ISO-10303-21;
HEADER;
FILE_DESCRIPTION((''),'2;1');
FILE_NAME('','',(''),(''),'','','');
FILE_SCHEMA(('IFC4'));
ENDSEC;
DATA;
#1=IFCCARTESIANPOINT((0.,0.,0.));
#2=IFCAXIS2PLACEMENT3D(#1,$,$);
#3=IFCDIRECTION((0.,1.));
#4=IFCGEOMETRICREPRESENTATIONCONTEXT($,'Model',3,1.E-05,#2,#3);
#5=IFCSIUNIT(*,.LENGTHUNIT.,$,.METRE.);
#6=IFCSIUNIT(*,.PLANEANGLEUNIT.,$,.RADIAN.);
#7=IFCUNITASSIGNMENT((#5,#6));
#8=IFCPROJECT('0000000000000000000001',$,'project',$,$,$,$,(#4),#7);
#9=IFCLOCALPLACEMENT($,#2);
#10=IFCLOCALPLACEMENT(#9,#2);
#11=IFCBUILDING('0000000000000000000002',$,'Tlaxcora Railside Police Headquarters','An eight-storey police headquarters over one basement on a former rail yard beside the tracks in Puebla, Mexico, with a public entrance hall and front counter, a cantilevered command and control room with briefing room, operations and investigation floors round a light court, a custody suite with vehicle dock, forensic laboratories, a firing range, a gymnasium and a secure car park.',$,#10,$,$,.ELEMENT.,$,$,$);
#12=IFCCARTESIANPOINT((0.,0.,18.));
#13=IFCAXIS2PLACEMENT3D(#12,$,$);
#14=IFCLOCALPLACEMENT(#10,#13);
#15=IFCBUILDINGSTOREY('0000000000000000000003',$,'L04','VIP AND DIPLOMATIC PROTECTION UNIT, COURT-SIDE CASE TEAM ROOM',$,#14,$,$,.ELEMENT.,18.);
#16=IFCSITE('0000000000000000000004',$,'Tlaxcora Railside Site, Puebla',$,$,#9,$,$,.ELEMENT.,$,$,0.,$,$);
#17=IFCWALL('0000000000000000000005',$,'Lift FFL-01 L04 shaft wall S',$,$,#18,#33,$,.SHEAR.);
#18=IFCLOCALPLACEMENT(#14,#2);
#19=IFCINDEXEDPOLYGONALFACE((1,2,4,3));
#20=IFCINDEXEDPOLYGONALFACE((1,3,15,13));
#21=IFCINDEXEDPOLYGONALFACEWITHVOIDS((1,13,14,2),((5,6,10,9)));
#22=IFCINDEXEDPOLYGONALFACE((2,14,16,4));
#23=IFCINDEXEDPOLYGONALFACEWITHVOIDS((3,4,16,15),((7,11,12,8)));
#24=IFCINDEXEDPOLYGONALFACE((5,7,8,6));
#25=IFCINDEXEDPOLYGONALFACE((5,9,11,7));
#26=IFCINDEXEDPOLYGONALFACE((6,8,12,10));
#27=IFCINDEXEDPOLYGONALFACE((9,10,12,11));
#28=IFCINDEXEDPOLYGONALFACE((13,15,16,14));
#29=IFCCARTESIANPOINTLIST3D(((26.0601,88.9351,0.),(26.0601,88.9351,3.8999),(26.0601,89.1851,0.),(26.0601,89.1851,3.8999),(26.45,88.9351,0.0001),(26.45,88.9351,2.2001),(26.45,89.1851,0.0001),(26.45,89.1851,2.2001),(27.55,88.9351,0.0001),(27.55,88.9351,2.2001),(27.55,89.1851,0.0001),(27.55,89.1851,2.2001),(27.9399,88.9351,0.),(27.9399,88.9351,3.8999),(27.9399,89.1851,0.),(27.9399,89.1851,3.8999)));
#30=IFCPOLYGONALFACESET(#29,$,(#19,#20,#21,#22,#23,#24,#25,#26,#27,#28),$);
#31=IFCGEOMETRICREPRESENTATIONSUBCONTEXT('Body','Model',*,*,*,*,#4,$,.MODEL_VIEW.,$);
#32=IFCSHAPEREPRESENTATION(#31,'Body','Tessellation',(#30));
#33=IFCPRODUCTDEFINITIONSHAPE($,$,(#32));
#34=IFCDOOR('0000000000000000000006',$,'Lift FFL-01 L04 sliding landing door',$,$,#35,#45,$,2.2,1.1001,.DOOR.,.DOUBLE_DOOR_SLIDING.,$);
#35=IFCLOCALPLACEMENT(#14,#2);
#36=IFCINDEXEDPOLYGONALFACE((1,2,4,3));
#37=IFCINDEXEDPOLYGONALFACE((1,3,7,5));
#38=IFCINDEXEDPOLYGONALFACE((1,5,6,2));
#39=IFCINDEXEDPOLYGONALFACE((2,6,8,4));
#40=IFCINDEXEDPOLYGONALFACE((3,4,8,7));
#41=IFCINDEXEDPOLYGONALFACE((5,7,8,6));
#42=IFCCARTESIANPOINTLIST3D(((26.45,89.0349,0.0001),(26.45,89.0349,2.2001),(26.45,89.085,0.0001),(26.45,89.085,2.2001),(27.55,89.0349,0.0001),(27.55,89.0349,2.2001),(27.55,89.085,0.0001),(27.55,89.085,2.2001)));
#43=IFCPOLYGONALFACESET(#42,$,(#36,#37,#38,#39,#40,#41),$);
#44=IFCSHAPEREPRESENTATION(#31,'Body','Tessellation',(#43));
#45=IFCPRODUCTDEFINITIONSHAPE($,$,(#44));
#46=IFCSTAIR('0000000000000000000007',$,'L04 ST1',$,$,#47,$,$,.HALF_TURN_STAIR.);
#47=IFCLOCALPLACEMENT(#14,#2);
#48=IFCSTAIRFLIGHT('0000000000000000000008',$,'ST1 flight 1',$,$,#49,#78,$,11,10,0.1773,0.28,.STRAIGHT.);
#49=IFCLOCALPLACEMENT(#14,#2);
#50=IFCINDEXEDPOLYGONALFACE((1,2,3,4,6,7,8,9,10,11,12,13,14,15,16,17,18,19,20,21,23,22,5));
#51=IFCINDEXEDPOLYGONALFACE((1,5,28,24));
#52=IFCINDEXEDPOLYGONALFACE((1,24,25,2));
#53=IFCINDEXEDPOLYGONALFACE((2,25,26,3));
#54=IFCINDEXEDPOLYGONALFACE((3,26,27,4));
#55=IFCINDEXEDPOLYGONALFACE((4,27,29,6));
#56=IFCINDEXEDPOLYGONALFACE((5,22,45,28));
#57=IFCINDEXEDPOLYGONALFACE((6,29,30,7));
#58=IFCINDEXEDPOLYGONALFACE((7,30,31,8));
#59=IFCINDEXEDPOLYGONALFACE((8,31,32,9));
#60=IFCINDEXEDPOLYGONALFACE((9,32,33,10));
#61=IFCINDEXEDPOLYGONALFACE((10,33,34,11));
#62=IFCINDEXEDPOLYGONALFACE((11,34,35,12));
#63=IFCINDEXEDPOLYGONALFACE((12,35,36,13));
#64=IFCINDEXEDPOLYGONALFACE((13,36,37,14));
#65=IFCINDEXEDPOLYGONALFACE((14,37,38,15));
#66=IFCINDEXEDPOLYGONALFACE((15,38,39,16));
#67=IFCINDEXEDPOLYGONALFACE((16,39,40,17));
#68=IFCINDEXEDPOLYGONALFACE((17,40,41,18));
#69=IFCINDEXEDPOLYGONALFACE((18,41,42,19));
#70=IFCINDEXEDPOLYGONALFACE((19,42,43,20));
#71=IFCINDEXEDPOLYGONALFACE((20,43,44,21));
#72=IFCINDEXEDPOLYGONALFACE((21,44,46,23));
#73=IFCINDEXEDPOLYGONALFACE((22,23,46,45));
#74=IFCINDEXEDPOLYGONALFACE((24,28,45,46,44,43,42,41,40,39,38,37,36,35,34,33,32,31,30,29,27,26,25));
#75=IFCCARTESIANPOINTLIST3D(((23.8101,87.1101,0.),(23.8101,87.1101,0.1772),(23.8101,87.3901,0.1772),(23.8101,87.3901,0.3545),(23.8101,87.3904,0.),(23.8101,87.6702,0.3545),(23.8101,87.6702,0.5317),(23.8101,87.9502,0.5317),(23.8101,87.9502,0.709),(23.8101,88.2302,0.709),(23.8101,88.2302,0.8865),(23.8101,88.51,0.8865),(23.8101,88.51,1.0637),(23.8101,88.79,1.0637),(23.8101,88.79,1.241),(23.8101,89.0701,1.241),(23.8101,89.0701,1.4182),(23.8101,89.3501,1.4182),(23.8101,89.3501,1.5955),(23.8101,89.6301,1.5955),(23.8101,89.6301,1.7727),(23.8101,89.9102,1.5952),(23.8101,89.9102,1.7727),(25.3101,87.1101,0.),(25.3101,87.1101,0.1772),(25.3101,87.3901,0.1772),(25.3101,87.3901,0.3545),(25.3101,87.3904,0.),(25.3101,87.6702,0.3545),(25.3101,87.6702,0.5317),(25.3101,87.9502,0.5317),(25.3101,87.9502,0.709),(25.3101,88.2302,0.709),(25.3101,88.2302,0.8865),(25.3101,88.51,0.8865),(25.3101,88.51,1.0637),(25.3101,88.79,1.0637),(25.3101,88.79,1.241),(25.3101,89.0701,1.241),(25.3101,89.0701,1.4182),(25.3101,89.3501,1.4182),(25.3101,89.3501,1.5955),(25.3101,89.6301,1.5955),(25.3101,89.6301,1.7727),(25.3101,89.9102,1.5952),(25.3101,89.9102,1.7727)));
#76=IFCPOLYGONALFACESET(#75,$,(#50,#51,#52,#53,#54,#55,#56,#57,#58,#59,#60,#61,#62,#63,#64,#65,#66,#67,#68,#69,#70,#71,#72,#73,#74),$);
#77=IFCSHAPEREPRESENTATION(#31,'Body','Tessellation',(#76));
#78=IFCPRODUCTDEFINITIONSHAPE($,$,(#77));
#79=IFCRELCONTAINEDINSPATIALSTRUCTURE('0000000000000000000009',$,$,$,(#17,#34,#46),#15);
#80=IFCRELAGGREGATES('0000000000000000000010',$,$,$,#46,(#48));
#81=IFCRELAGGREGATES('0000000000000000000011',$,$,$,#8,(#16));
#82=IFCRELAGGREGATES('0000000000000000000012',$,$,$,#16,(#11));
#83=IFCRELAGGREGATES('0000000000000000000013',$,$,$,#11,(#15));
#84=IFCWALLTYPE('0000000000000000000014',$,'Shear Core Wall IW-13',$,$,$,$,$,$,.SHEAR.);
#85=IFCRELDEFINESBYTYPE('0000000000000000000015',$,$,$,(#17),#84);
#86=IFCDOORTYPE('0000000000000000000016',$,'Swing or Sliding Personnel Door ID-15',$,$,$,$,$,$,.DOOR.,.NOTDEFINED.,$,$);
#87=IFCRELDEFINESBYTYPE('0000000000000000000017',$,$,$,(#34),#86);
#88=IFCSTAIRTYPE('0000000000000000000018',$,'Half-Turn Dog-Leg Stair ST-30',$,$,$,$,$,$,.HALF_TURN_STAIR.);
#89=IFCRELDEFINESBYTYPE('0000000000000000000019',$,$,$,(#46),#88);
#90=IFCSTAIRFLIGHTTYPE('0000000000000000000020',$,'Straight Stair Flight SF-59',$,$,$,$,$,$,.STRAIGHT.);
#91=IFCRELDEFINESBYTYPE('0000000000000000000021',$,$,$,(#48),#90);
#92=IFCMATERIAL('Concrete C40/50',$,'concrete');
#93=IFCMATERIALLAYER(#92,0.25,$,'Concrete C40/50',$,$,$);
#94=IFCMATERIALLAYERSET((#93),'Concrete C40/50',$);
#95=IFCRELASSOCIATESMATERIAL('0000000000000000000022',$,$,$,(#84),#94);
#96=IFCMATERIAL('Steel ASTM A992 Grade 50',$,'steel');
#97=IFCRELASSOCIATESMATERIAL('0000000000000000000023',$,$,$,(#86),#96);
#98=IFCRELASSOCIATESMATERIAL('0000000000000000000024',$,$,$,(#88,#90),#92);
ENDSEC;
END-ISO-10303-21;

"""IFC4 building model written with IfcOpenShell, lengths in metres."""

from ifc_helpers import new_model, si_unit, direction, frame, frame_2d, origin, place, context, subcontext, project, spatial, polyline, rectangle, outline, extrude, material, layer, layer_set, type_object, element, fill, aggregate, save


model = new_model("IFC4")

# Units and contexts
model_context = context("Model", 3, precision=1e-05, world=origin(), true_north=direction((0.0, 1.0)))
body_context = subcontext(model_context, "Body", "Model", "MODEL_VIEW")
ifc_project = project(units=[si_unit("LENGTHUNIT", "METRE"), si_unit("PLANEANGLEUNIT", "RADIAN")], contexts=[model_context])

# Site, building, storey
site_placement = place(None, origin())
site = spatial("IfcSite", under=ifc_project, at=site_placement, Name="Tlaxcora Railside Site, Puebla", CompositionType="ELEMENT", RefElevation=0.0)
building_placement = place(site_placement, origin())
building = spatial("IfcBuilding", under=site, at=building_placement, Name="Tlaxcora Railside Police Headquarters", Description="An eight-storey police headquarters over one basement on a former rail yard beside the tracks in Puebla, Mexico, with a public entrance hall and front counter, a cantilevered command and control room with briefing room, operations and investigation floors round a light court, a custody suite with vehicle dock, forensic laboratories, a firing range, a gymnasium and a secure car park.", CompositionType="ELEMENT")
storey_placement = place(building_placement, frame((0.0, 0.0, 18.0)))
storey = spatial("IfcBuildingStorey", under=building, at=storey_placement, Name="L04", Description="VIP AND DIPLOMATIC PROTECTION UNIT, COURT-SIDE CASE TEAM ROOM", CompositionType="ELEMENT", Elevation=18.0)

# Shared definitions
ifc_material_1 = material(Name="Concrete C40/50", Category="concrete")

# Shared definitions
ifc_material_2 = material(Name="Steel ASTM A992 Grade 50", Category="steel")

# Shared definitions
ifc_layer_1 = layer(ifc_material_1, 0.25, Name="Concrete C40/50")
ifc_layer_set_1 = layer_set([ifc_layer_1], Name="Concrete C40/50")
wall_type_1 = type_object("IfcWallType", Name="Shear Core Wall IW-13", PredefinedType="SHEAR", material=ifc_layer_set_1)

# Wall, opening, door
wall_1_placement = place(storey_placement, frame((26.0601, 89.0601, 0.0), z_axis=(0.0, 0.0, 1.0), x_axis=(1.0, 0.0, 0.0)))
wall_1 = element("IfcWall", 1, at=wall_1_placement, inside=storey, type_object=wall_type_1, Name="Lift FFL-01 L04 shaft wall S", PredefinedType="SHEAR", context=body_context, shape_type="SweptSolid", body=[
    extrude(rectangle(XDim=1.8799, YDim=0.25, at=frame_2d((0.9399, 0.0))), origin(), (0.0, 0.0, 1.0), 3.8999),
])
opening_1_placement = place(wall_1_placement, frame((0.3899, 0.0, 0.0)))
opening_1 = element("IfcOpeningElement", 2, at=opening_1_placement, cuts=wall_1, PredefinedType="OPENING", context=body_context, shape_type="SweptSolid", body=[
    extrude(rectangle(XDim=1.1001, YDim=2.2, at=frame_2d((0.55, 1.1001))), frame((0.0, 0.135, 0.0), z_axis=(0.0, -1.0, 0.0), x_axis=(1.0, 0.0, 0.0)), (0.0, 0.0, 1.0), 0.27),
])
door_type_1 = type_object("IfcDoorType", Name="Swing or Sliding Personnel Door ID-15", OperationType="NOTDEFINED", PredefinedType="DOOR", material=ifc_material_2)
door_1_placement = place(opening_1_placement, origin())
door_1 = element("IfcDoor", 3, at=door_1_placement, inside=storey, type_object=door_type_1, Name="Lift FFL-01 L04 sliding landing door", OperationType="DOUBLE_DOOR_SLIDING", OverallHeight=2.2, OverallWidth=1.1001, PredefinedType="DOOR", context=body_context, shape_type="SweptSolid", body=[
    extrude(rectangle(XDim=1.1001, YDim=2.2, at=frame_2d((0.55, 1.1001))), frame((0.0, 0.0249, 0.0), z_axis=(0.0, -1.0, 0.0), x_axis=(1.0, 0.0, 0.0)), (0.0, 0.0, 1.0), 0.05),
])
fill(opening_1, door_1)

# Stair, stair flight
stair_type = type_object("IfcStairType", Name="Half-Turn Dog-Leg Stair ST-30", PredefinedType="HALF_TURN_STAIR", material=ifc_material_1)
stair_placement = place(storey_placement, origin())
stair = element("IfcStair", 4, at=stair_placement, inside=storey, type_object=stair_type, Name="L04 ST1", PredefinedType="HALF_TURN_STAIR")
stair_flight_type = type_object("IfcStairFlightType", Name="Straight Stair Flight SF-59", PredefinedType="STRAIGHT", material=ifc_material_1)
stair_flight_placement = place(storey_placement, frame((24.5601, 87.1101, 0.0), z_axis=(0.0, 0.0, 1.0), x_axis=(0.0, 1.0, 0.0)))
stair_flight = element("IfcStairFlight", 5, at=stair_flight_placement, type_object=stair_flight_type, Name="ST1 flight 1", NumberOfRisers=11, NumberOfTreads=10, PredefinedType="STRAIGHT", RiserHeight=0.1773, TreadLength=0.28, context=body_context, shape_type="SweptSolid", body=[
    extrude(outline(polyline([(0.0, 0.0), (0.0, 0.1772), (0.28, 0.1772), (0.28, 0.3545), (0.5601, 0.3545), (0.5601, 0.5317), (0.8401, 0.5317), (0.8401, 0.709), (1.1201, 0.709), (1.1201, 0.8865), (1.3999, 0.8865), (1.3999, 1.0637), (1.6799, 1.0637), (1.6799, 1.241), (1.96, 1.241), (1.96, 1.4182), (2.24, 1.4182), (2.24, 1.5955), (2.52, 1.5955), (2.52, 1.7727), (2.8, 1.7727), (2.8, 1.95), (2.8, 1.5952), (0.2803, 0.0), (0.0, 0.0)])), frame((0.0, 0.75, 0.0), z_axis=(0.0, -1.0, 0.0), x_axis=(1.0, 0.0, 0.0)), (0.0, 0.0, 1.0), 1.5),
])
aggregate(stair, [stair_flight])

save(model, "model.ifc")
